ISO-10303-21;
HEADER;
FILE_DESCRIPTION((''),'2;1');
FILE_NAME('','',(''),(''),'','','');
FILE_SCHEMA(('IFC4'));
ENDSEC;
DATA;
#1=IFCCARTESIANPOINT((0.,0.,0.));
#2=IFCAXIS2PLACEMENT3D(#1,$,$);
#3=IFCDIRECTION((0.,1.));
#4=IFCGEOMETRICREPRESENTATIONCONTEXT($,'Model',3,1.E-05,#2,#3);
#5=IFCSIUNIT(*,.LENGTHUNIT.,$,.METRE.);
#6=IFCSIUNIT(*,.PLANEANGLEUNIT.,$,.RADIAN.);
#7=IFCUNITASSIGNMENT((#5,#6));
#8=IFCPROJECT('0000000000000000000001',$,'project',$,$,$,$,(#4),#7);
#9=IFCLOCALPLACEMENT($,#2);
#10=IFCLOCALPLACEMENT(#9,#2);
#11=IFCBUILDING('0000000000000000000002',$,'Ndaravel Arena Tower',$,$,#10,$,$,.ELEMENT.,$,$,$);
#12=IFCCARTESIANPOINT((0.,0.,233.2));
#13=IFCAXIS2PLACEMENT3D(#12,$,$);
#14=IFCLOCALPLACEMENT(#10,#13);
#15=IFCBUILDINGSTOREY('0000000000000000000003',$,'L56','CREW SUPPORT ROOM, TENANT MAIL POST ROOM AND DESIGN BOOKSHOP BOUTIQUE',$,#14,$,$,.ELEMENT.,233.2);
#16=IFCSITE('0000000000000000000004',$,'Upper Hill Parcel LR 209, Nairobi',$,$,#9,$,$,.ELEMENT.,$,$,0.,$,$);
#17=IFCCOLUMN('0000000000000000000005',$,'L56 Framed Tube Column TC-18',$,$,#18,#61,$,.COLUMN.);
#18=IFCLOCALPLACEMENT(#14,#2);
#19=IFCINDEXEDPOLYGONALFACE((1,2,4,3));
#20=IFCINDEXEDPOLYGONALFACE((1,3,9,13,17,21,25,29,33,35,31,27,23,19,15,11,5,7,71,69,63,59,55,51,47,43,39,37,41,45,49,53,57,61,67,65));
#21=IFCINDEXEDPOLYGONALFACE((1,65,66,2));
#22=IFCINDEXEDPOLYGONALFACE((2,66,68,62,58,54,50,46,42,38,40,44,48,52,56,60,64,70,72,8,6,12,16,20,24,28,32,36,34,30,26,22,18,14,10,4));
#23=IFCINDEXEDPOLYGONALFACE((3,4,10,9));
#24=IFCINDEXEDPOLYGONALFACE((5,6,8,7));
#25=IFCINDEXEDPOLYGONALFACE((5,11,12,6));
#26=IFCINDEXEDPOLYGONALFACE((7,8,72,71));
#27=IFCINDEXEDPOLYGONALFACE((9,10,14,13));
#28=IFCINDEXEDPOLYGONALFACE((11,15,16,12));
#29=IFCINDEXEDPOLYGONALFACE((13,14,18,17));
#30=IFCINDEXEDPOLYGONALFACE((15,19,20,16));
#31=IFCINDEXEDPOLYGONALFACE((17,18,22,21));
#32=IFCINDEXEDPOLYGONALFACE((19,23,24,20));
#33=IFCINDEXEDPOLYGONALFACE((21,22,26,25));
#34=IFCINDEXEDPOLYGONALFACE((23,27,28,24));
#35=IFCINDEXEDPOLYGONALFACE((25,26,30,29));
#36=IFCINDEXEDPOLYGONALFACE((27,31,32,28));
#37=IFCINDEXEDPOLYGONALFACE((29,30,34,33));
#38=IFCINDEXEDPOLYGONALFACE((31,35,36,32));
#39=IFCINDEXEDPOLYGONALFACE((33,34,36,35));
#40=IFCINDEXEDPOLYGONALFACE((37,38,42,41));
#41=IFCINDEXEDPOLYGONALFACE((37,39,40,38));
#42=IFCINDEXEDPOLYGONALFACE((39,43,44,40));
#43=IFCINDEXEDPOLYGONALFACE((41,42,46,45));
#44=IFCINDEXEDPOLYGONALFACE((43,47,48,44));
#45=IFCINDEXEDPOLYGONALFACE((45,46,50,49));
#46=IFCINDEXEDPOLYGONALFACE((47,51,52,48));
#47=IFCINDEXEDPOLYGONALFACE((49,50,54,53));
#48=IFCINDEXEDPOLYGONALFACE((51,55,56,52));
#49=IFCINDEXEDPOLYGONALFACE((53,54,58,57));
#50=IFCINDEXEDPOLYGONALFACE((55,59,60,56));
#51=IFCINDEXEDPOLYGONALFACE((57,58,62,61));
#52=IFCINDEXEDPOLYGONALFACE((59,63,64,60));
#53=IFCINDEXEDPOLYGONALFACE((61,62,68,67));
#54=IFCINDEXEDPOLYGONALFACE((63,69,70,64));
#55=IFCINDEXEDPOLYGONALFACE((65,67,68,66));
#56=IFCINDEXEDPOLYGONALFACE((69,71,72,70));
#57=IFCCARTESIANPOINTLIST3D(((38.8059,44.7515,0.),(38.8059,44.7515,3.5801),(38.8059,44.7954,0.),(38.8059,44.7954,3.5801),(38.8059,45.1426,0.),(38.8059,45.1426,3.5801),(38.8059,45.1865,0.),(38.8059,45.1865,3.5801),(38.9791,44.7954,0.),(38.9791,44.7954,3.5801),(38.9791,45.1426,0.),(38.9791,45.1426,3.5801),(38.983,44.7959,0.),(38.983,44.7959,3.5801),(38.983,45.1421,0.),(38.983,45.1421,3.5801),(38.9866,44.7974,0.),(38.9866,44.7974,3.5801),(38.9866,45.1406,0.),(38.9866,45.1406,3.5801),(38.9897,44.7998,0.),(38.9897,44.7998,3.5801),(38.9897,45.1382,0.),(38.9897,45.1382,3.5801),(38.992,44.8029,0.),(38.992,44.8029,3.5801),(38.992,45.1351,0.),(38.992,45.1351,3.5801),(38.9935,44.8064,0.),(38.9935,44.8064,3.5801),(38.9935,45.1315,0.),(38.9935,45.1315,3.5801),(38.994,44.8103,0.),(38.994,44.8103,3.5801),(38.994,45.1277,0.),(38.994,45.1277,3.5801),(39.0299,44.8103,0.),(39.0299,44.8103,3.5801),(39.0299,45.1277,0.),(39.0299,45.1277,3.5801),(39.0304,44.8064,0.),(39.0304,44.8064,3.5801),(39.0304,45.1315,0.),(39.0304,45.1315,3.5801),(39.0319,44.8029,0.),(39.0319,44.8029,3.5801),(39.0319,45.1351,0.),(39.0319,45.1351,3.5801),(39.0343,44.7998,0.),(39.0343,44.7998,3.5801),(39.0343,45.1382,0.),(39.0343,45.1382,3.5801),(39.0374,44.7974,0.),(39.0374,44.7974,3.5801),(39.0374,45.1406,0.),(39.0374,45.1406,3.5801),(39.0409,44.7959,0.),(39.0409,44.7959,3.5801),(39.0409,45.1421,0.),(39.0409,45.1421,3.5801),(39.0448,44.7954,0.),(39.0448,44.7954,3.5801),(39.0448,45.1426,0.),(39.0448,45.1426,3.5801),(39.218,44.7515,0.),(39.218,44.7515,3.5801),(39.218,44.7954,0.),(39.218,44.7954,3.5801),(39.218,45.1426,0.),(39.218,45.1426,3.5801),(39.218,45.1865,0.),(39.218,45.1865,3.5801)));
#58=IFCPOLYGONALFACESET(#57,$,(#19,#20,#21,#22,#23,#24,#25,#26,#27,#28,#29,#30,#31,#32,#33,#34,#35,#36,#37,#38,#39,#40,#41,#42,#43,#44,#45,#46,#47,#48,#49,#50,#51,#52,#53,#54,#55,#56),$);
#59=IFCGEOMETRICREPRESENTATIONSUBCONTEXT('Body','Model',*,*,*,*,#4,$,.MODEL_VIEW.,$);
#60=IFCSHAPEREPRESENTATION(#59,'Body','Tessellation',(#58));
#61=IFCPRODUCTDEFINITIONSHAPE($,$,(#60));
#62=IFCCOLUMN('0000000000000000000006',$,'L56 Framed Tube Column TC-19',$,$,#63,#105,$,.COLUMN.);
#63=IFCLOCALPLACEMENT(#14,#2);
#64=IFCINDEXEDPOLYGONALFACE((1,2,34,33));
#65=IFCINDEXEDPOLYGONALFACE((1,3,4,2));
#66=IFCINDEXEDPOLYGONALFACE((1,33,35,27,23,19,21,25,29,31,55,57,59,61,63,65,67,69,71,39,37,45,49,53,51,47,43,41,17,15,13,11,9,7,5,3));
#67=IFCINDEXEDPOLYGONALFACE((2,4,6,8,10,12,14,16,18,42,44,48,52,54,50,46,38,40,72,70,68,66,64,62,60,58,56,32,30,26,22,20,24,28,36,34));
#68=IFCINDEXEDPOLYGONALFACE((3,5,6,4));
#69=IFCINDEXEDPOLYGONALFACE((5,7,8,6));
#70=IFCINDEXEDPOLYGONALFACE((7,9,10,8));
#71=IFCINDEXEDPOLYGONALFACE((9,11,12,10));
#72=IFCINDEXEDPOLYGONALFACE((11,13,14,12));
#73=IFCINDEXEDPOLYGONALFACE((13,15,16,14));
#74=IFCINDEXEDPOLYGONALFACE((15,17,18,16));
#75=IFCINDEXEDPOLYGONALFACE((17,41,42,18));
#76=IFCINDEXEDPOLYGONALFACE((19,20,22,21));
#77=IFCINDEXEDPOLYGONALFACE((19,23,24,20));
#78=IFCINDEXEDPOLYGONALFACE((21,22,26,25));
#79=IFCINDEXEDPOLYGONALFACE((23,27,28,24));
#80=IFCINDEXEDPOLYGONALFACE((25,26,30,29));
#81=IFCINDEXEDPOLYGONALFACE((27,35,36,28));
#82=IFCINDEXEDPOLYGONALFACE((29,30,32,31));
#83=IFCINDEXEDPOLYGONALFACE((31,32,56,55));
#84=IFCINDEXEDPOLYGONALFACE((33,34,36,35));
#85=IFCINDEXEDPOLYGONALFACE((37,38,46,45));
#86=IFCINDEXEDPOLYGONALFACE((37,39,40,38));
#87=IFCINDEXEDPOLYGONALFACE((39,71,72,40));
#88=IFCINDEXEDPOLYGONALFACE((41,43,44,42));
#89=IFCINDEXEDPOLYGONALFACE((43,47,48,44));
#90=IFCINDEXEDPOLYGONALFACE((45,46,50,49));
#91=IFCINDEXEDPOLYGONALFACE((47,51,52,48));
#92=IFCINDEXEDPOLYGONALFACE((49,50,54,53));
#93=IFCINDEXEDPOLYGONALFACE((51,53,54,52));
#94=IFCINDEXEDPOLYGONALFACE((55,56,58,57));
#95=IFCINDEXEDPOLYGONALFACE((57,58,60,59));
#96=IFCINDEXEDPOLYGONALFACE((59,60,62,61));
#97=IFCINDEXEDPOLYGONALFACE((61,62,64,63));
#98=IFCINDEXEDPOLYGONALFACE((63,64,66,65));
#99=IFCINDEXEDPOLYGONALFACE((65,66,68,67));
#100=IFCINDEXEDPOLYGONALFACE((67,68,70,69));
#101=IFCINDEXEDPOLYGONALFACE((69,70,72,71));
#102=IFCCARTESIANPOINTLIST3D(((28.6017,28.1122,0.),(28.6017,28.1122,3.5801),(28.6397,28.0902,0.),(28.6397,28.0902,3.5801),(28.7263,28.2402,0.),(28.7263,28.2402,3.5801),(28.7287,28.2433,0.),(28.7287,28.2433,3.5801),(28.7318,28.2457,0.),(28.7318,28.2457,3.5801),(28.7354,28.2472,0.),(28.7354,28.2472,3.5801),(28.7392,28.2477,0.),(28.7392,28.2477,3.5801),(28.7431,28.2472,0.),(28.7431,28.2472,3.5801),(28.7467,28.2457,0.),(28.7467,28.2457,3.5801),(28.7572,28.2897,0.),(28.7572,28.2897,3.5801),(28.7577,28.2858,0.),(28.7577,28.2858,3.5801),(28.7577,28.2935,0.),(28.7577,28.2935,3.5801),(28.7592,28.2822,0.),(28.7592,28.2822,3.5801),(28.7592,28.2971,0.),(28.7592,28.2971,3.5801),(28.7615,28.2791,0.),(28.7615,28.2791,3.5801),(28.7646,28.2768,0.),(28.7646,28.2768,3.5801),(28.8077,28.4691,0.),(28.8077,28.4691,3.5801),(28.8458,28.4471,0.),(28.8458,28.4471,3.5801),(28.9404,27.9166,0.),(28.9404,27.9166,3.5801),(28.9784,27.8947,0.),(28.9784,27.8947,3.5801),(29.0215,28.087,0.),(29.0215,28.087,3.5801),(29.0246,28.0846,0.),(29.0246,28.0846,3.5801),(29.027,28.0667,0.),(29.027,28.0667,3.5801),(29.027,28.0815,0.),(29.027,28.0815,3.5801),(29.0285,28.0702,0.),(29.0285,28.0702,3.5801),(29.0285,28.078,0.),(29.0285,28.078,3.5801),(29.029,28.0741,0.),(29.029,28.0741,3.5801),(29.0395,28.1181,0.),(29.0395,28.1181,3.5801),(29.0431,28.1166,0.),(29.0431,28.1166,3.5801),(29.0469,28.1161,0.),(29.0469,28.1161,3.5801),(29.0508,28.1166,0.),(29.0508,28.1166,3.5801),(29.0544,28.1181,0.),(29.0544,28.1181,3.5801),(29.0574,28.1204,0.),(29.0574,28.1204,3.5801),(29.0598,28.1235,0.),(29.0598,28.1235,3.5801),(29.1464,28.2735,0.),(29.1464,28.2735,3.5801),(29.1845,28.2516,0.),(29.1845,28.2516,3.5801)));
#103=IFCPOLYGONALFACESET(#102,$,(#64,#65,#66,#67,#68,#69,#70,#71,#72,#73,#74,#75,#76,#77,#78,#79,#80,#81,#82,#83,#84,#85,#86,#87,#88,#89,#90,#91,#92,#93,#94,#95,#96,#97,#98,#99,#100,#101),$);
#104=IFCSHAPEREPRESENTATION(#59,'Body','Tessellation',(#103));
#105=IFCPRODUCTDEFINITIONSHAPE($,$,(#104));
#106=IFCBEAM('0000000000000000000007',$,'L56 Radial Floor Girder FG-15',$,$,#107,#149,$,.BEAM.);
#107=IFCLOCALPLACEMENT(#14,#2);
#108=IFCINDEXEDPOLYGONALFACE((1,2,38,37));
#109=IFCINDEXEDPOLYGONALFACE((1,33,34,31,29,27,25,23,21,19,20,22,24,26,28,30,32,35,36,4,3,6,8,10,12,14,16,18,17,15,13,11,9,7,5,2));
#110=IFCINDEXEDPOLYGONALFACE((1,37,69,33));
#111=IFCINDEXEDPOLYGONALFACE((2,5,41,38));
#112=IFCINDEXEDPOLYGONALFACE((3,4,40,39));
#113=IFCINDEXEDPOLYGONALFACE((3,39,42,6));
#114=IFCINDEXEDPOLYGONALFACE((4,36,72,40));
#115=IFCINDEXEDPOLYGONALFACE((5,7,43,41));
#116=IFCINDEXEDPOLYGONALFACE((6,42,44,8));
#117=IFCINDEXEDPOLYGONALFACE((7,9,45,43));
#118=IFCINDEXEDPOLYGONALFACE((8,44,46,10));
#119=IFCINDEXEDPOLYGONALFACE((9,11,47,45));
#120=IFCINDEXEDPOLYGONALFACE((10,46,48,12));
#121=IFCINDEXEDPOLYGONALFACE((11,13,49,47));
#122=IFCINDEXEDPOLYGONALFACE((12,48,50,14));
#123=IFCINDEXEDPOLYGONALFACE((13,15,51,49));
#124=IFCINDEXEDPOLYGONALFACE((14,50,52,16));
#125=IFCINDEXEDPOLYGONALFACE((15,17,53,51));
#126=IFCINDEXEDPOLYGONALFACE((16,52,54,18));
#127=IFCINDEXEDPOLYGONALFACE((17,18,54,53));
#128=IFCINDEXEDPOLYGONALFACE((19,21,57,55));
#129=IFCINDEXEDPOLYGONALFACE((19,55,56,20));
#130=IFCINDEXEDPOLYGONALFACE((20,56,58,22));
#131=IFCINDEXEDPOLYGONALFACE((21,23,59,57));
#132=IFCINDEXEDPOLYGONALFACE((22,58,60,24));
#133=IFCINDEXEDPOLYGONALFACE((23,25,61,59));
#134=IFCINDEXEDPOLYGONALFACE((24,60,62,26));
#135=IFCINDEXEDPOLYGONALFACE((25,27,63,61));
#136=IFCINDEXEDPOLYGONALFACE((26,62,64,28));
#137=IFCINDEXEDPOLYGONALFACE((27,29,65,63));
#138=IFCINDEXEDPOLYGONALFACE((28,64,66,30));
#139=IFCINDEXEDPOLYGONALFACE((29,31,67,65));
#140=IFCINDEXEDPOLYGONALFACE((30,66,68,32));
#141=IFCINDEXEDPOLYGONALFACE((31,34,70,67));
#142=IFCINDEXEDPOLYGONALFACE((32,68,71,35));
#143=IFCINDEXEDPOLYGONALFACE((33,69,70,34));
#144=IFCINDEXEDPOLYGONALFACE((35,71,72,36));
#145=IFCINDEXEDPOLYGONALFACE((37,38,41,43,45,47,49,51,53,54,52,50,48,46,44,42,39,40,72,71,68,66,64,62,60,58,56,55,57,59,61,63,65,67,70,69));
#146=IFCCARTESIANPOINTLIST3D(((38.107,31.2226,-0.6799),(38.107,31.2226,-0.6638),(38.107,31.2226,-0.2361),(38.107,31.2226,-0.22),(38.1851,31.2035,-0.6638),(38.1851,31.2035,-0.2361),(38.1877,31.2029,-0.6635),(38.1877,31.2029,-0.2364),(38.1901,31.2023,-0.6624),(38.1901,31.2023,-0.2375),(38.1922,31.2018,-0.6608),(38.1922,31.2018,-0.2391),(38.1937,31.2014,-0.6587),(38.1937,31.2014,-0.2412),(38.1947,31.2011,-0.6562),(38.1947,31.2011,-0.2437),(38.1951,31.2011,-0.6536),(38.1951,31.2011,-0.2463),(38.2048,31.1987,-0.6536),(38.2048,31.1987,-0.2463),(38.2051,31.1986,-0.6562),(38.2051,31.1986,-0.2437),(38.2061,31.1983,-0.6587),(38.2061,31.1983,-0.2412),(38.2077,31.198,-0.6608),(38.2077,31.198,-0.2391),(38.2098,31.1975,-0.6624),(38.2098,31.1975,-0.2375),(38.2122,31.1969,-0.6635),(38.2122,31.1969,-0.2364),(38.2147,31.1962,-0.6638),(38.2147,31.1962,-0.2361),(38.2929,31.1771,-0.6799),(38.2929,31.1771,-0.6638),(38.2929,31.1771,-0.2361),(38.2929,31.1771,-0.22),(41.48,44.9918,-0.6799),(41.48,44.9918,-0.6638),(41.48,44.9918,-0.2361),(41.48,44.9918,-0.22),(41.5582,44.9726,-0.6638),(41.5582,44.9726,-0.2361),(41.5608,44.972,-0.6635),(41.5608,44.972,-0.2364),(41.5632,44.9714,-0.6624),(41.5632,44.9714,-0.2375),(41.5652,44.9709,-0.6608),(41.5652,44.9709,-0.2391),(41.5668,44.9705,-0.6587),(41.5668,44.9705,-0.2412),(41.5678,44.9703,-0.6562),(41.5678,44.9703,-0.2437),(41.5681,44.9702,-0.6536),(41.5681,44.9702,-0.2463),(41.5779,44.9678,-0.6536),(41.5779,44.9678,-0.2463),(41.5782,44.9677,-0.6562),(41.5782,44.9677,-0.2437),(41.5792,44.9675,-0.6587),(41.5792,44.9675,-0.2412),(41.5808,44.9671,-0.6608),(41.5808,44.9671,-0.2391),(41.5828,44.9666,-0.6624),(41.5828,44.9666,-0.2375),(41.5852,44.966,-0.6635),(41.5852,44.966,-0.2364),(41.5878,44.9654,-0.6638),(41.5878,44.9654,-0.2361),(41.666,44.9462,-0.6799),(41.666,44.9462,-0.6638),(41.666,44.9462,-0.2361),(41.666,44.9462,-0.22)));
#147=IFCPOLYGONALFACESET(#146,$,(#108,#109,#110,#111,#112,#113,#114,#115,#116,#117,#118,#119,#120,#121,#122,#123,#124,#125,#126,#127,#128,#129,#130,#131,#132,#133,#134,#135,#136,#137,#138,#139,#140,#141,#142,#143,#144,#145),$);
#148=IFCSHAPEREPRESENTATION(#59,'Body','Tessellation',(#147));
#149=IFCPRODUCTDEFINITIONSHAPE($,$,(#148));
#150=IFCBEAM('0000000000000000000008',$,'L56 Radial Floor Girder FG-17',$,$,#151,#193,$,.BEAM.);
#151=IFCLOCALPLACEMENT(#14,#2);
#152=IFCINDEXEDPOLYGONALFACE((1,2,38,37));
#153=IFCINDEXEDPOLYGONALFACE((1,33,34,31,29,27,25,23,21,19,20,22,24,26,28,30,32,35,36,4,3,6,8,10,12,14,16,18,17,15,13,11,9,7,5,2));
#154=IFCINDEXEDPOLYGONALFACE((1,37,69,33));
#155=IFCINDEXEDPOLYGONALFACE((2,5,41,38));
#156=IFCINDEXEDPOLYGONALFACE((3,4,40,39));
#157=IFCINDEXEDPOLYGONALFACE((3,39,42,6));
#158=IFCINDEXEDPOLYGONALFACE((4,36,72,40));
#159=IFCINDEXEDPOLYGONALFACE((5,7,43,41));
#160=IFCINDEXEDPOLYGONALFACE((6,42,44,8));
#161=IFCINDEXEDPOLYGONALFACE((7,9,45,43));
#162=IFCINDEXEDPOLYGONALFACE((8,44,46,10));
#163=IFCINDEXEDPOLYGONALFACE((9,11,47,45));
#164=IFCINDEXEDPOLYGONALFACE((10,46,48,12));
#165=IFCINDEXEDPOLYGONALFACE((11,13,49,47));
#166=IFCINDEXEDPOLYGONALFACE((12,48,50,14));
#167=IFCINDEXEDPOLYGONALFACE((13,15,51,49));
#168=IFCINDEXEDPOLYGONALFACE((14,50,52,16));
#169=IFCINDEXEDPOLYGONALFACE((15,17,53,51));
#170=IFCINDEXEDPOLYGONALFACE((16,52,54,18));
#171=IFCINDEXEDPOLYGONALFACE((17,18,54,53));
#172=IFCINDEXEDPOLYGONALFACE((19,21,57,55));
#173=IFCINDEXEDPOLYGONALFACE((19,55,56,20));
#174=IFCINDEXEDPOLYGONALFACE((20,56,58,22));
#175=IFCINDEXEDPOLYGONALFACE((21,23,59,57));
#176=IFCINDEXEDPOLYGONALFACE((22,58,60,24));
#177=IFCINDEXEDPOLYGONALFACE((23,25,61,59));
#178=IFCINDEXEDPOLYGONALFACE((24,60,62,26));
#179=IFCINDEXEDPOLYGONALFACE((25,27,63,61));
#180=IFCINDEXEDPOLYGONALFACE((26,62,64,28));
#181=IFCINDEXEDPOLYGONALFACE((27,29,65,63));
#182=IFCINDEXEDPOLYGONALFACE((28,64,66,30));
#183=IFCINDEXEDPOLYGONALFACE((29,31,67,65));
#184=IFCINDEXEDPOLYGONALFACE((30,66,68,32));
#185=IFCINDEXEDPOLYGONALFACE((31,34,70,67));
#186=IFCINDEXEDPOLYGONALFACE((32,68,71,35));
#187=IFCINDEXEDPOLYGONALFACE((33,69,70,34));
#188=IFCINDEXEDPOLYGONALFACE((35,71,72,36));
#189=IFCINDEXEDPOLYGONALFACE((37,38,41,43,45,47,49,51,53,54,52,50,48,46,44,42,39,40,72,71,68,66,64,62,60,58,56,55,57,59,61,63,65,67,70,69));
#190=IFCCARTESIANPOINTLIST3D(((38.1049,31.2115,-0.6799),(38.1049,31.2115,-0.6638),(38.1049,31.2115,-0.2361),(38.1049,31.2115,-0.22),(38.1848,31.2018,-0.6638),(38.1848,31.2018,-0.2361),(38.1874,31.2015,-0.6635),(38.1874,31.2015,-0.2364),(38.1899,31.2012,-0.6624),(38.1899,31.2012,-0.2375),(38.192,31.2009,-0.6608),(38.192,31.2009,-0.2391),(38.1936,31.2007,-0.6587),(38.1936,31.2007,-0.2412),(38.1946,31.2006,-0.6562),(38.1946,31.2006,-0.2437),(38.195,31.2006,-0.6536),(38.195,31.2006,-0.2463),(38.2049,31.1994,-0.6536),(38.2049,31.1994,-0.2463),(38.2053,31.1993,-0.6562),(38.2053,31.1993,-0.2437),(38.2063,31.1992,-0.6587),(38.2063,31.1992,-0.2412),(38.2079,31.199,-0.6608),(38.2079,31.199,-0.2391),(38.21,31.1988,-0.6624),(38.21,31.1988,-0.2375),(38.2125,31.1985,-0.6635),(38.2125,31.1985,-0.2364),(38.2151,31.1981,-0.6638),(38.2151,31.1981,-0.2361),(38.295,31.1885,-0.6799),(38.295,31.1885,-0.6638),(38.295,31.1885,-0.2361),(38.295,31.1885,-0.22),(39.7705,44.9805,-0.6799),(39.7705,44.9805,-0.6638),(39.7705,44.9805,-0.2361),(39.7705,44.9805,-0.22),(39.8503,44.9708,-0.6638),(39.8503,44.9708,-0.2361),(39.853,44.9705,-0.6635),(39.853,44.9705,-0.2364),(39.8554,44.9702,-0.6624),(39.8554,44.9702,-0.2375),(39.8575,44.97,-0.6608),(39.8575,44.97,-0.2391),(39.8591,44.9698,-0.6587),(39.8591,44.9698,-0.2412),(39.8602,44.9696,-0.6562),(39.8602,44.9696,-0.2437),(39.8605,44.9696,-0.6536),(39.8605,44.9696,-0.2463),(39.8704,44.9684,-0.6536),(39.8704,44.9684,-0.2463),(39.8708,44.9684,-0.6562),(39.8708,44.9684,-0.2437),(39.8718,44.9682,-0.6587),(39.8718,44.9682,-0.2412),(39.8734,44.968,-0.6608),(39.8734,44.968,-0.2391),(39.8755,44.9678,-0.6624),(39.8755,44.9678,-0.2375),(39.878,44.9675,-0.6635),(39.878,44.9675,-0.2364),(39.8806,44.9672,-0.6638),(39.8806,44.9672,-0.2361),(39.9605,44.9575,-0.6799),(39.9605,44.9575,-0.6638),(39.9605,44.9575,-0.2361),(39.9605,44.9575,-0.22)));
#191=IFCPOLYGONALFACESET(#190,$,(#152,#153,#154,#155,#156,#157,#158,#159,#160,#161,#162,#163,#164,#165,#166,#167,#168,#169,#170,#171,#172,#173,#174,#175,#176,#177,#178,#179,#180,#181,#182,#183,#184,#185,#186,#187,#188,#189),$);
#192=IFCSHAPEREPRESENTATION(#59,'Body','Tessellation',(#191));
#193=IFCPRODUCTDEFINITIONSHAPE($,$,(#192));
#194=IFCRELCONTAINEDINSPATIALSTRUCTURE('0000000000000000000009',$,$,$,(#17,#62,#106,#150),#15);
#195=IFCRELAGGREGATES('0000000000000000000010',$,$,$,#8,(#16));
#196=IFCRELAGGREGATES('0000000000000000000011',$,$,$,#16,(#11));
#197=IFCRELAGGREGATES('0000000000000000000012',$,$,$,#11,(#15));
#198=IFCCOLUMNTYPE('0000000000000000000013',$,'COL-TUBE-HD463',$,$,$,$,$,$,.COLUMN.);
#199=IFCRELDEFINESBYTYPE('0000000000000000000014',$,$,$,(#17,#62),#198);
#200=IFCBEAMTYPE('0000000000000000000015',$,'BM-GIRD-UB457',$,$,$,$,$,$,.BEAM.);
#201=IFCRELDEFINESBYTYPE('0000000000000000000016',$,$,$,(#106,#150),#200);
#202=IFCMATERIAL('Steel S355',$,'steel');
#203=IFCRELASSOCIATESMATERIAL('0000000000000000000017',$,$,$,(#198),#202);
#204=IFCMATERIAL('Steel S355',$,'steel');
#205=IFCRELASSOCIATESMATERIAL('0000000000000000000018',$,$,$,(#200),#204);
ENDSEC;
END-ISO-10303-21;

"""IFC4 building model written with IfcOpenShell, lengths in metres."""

from ifc_helpers import new_model, si_unit, direction, frame, origin, origin_2d, place, context, subcontext, project, spatial, i_section, extrude, material, material_profile, profile_set, type_object, element, save


model = new_model("IFC4")

# Units and contexts
model_context = context("Model", 3, precision=1e-05, world=origin(), true_north=direction((0.0, 1.0)))
body_context = subcontext(model_context, "Body", "Model", "MODEL_VIEW")
ifc_project = project(units=[si_unit("LENGTHUNIT", "METRE"), si_unit("PLANEANGLEUNIT", "RADIAN")], contexts=[model_context])

# Site, building, storey
site_placement = place(None, origin())
site = spatial("IfcSite", under=ifc_project, at=site_placement, Name="Upper Hill Parcel LR 209, Nairobi", CompositionType="ELEMENT", RefElevation=0.0)
building_placement = place(site_placement, origin())
building = spatial("IfcBuilding", under=site, at=building_placement, Name="Ndaravel Arena Tower", CompositionType="ELEMENT")
storey_placement = place(building_placement, frame((0.0, 0.0, 233.2)))
storey = spatial("IfcBuildingStorey", under=building, at=storey_placement, Name="L56", Description="CREW SUPPORT ROOM, TENANT MAIL POST ROOM AND DESIGN BOOKSHOP BOUTIQUE", CompositionType="ELEMENT", Elevation=233.2)

# Columns
ifc_material_1 = material(Name="Steel S355", Category="steel")
ifc_material_profile_1 = material_profile(ifc_material_1, i_section(OverallWidth=0.4121, OverallDepth=0.4351, WebThickness=0.0359, FlangeThickness=0.0439, FilletRadius=0.0149, at=origin_2d()), Name="HD 400x463")
ifc_profile_set_1 = profile_set([ifc_material_profile_1], Name="Steel S355")
column_type_1 = type_object("IfcColumnType", Name="COL-TUBE-HD463", PredefinedType="COLUMN", material=ifc_profile_set_1)
for number, where, z_axis, x_axis, name in (
    (1, (39.012, 44.969, 0.0), (0.0, 0.0, 1.0), (1.0, 0.0, 0.0), "L56 Framed Tube Column TC-18"),
    (2, (28.8931, 28.1819, 0.0), (0.0, 0.0, 1.0), (0.5, 0.866025, 0.0), "L56 Framed Tube Column TC-19"),
):
    element("IfcColumn", number, at=place(storey_placement, frame(where, z_axis=z_axis, x_axis=x_axis)), inside=storey, type_object=column_type_1, Name=name, PredefinedType="COLUMN", context=body_context, shape_type="SweptSolid", body=[
        extrude(i_section(OverallWidth=0.4121, OverallDepth=0.4351, WebThickness=0.0359, FlangeThickness=0.0439, FilletRadius=0.0149, at=origin_2d()), origin(), (0.0, 0.0, 1.0), 3.5801),
    ])

# Beams
ifc_material_2 = material(Name="Steel S355", Category="steel")
ifc_material_profile_2 = material_profile(ifc_material_2, i_section(OverallWidth=0.1914, OverallDepth=0.46, WebThickness=0.01, FlangeThickness=0.0161, FilletRadius=0.0103, at=origin_2d()), Name="UB 457x191x82")
ifc_profile_set_2 = profile_set([ifc_material_profile_2], Name="Steel S355")
beam_type_1 = type_object("IfcBeamType", Name="BM-GIRD-UB457", PredefinedType="BEAM", material=ifc_profile_set_2)
beam_1_placement = place(storey_placement, frame((41.573, 44.969, -0.45), z_axis=(-0.237938, -0.97128, 0.0), x_axis=(0.97128, -0.237938, 0.0)))
element("IfcBeam", 3, at=beam_1_placement, inside=storey, type_object=beam_type_1, Name="L56 Radial Floor Girder FG-15", PredefinedType="BEAM", context=body_context, shape_type="SweptSolid", body=[
    extrude(i_section(OverallWidth=0.1914, OverallDepth=0.46, WebThickness=0.01, FlangeThickness=0.0161, FilletRadius=0.0103, at=origin_2d()), origin(), (0.0, 0.0, 1.0), 14.1763),
])
beam_2_placement = place(storey_placement, frame((39.8655, 44.969, -0.45), z_axis=(-0.120086, -0.992763, 0.0), x_axis=(0.992763, -0.120086, 0.0)))
element("IfcBeam", 4, at=beam_2_placement, inside=storey, type_object=beam_type_1, Name="L56 Radial Floor Girder FG-17", PredefinedType="BEAM", context=body_context, shape_type="SweptSolid", body=[
    extrude(i_section(OverallWidth=0.1914, OverallDepth=0.46, WebThickness=0.01, FlangeThickness=0.0161, FilletRadius=0.0103, at=origin_2d()), origin(), (0.0, 0.0, 1.0), 13.8694),
])

save(model, "model.ifc")
